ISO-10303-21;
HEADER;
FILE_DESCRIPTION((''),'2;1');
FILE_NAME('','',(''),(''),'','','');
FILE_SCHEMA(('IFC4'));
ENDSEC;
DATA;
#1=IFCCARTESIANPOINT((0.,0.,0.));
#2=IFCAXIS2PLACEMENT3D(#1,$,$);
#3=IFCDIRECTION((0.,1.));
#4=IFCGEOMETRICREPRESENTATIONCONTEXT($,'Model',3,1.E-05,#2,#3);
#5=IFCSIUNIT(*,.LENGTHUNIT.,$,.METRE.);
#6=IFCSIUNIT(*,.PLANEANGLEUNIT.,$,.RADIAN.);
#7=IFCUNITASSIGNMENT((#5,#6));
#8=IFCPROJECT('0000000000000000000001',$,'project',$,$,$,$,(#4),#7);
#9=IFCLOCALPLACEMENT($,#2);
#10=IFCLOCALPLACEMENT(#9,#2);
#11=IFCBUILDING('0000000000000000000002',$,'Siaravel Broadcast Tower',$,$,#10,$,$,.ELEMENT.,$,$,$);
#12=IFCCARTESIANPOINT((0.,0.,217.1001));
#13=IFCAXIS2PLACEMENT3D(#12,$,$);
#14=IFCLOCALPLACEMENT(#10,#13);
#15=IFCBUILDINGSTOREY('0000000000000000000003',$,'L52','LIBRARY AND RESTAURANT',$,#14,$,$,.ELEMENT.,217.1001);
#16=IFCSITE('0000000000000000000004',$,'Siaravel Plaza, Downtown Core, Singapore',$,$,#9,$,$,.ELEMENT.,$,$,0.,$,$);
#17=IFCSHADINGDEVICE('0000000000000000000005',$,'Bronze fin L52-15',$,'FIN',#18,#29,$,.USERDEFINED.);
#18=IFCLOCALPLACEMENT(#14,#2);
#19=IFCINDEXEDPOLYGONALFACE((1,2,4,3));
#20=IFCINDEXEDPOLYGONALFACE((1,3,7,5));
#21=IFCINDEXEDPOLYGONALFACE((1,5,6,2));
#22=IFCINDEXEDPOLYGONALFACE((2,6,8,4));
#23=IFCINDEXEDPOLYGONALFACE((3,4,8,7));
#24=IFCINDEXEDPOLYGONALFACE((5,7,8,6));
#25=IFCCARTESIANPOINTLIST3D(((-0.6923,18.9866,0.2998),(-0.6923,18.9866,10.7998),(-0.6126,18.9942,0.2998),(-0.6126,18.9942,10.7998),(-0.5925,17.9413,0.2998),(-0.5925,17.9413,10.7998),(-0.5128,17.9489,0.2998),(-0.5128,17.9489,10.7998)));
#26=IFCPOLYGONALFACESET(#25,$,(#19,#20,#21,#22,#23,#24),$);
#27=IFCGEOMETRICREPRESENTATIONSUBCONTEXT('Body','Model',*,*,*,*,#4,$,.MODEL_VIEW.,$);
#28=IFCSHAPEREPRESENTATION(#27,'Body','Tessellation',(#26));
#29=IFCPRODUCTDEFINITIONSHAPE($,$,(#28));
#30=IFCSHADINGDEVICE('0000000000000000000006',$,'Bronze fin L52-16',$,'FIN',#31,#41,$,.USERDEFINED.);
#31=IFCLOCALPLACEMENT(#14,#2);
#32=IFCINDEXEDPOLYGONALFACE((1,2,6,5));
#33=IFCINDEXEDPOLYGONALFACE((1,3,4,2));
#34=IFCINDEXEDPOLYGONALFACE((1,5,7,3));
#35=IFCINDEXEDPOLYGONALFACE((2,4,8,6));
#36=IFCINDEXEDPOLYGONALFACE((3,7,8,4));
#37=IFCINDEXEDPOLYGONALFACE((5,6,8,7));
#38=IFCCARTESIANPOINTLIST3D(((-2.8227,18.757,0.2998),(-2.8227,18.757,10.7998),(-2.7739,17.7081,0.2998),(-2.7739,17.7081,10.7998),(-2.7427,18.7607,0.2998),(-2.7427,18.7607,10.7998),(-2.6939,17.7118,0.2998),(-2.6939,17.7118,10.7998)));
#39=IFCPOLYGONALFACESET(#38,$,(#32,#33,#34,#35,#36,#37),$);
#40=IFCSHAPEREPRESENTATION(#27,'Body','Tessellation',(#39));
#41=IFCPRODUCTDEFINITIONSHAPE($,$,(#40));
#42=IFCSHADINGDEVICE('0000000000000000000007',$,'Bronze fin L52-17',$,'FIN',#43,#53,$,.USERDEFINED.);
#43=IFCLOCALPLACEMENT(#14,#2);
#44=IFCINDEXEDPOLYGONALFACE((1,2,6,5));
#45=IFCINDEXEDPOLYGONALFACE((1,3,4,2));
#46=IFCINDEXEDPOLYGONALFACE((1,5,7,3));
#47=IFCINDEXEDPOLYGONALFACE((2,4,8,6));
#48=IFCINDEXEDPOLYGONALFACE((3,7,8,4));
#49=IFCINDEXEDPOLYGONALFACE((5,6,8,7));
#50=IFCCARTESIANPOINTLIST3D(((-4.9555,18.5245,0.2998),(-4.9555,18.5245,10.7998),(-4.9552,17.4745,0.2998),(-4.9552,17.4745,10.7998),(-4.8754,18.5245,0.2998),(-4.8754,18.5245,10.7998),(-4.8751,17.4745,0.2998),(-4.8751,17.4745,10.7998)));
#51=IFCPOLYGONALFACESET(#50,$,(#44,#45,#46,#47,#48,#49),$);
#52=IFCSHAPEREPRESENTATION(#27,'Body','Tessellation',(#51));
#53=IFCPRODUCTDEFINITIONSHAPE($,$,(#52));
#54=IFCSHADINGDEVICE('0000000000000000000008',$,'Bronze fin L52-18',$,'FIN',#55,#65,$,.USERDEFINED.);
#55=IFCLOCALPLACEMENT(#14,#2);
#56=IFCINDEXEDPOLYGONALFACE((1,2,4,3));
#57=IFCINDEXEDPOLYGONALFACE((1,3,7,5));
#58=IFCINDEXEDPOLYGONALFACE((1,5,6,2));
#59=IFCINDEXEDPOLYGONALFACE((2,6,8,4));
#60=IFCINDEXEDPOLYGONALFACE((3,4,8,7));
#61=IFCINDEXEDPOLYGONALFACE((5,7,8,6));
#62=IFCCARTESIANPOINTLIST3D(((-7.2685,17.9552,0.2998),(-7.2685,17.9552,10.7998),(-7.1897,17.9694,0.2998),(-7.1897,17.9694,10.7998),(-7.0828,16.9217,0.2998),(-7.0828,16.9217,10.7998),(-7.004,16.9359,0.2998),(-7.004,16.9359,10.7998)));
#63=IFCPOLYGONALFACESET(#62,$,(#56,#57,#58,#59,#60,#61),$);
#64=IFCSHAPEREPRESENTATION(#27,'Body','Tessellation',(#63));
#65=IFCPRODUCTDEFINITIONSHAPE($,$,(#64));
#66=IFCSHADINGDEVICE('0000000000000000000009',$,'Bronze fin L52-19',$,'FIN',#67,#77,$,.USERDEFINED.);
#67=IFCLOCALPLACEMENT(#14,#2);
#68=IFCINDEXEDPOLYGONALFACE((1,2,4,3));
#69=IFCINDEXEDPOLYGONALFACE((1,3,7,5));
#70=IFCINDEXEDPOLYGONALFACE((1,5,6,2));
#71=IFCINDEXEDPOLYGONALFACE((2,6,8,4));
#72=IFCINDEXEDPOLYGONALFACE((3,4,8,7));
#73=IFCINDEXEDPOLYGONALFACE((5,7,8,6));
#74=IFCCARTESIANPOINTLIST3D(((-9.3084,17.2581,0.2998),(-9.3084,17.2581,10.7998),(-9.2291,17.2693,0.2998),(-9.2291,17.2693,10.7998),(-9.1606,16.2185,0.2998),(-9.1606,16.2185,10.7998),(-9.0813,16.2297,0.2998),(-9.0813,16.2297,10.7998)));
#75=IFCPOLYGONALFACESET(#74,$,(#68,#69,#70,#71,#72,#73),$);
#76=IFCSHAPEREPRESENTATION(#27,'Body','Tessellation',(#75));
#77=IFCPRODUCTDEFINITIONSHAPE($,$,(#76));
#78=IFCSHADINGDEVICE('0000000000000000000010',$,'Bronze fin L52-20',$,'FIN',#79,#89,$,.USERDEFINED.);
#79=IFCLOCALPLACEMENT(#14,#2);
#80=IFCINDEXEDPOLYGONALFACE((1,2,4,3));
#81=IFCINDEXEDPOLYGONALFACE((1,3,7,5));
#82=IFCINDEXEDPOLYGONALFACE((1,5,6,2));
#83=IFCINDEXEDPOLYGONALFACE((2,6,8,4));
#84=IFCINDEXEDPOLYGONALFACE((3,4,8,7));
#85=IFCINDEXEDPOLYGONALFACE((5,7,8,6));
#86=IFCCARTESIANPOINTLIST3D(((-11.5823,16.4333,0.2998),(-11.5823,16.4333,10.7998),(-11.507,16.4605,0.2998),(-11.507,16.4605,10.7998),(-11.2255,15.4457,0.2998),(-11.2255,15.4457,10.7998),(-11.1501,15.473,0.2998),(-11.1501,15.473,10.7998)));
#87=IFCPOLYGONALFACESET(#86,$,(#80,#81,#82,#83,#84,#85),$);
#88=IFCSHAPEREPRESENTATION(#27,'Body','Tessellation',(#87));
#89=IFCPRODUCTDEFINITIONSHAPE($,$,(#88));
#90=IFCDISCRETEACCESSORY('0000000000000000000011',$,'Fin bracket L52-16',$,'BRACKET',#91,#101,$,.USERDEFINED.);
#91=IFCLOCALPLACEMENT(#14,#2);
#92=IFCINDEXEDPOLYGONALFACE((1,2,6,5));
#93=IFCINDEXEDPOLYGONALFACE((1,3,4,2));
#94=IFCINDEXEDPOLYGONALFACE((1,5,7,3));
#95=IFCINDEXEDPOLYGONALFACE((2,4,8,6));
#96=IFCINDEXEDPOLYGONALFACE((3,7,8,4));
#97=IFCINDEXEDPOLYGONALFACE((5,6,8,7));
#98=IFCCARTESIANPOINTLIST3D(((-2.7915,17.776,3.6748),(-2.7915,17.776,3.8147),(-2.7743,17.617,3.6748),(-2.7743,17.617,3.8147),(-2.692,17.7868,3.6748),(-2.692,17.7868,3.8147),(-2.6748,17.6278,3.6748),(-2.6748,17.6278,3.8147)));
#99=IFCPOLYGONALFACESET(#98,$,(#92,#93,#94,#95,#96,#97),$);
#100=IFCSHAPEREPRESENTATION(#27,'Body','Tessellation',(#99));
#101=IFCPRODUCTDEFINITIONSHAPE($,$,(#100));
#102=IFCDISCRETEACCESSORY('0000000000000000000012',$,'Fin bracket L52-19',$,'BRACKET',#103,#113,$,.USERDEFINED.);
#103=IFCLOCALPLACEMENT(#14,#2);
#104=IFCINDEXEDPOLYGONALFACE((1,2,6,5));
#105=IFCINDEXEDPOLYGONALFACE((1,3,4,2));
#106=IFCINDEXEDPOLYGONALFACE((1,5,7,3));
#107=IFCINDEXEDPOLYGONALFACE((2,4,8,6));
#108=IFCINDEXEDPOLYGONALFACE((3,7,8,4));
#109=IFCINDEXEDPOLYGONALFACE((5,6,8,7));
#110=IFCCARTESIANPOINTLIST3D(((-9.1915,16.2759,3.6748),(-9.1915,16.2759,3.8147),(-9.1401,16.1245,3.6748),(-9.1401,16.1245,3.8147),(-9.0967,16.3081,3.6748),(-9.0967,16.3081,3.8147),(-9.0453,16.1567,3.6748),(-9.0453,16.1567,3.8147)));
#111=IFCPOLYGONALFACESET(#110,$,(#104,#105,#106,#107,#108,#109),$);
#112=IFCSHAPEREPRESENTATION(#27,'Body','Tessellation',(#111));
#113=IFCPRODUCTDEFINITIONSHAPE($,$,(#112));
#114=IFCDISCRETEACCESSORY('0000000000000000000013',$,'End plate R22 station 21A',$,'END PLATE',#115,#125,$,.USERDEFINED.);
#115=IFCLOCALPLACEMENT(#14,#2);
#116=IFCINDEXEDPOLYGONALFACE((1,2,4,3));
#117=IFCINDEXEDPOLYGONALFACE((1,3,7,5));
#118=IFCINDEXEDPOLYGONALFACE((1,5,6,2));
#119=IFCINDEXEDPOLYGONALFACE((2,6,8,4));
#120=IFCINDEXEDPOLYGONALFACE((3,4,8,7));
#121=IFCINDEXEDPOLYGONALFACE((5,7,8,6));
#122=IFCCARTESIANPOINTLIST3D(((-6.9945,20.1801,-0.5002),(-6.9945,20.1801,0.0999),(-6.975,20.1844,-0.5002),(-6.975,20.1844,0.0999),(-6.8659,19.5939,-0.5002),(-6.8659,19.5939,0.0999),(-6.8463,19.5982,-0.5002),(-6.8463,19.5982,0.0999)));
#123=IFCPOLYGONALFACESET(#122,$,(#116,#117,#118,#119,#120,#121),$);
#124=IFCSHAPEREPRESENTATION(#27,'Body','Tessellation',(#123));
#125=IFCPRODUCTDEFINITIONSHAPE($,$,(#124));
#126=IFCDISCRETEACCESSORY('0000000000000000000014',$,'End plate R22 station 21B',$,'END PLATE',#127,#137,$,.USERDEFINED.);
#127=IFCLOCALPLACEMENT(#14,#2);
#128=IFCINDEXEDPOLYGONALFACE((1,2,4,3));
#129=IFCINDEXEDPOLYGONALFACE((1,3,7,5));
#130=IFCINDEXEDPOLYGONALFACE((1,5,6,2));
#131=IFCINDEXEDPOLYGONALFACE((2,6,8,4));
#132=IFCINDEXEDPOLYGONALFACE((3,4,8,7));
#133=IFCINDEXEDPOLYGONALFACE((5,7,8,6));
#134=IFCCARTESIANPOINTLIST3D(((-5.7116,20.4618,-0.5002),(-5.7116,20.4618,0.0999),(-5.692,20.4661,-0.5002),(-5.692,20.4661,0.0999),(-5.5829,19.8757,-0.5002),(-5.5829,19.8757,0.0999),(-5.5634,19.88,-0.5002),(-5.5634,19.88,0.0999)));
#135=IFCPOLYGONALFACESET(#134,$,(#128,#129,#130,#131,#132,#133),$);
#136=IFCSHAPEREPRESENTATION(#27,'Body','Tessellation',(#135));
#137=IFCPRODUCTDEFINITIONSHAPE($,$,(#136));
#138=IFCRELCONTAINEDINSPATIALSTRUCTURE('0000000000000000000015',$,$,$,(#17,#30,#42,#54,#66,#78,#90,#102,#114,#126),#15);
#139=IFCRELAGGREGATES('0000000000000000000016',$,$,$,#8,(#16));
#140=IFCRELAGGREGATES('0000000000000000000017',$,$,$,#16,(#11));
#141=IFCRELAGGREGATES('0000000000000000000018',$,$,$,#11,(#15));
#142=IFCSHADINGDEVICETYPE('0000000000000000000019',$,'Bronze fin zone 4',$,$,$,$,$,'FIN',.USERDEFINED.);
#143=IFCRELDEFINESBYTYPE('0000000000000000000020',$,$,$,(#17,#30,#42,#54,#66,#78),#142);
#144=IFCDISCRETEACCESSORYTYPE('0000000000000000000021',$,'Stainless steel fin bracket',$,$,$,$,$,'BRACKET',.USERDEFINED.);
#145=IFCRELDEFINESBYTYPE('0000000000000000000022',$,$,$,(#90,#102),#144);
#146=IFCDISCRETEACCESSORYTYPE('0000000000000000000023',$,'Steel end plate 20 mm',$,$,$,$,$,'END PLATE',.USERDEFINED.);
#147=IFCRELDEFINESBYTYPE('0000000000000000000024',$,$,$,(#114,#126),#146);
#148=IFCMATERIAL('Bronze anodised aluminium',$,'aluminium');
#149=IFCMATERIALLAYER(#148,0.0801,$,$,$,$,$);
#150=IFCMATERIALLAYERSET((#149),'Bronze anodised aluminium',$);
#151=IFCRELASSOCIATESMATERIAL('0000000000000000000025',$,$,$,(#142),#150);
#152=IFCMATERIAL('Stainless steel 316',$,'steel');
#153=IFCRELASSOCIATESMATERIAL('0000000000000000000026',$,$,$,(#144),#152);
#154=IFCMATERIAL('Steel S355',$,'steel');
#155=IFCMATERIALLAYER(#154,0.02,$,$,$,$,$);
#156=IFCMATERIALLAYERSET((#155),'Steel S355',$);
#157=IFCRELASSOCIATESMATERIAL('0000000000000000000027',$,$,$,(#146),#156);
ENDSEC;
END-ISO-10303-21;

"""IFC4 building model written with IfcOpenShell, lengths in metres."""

from ifc_helpers import new_model, si_unit, direction, frame, origin, origin_2d, place, context, subcontext, project, spatial, rectangle, extrude, material, layer, layer_set, type_object, element, save


model = new_model("IFC4")

# Units and contexts
model_context = context("Model", 3, precision=1e-05, world=origin(), true_north=direction((0.0, 1.0)))
body_context = subcontext(model_context, "Body", "Model", "MODEL_VIEW")
ifc_project = project(units=[si_unit("LENGTHUNIT", "METRE"), si_unit("PLANEANGLEUNIT", "RADIAN")], contexts=[model_context])

# Site, building, storey
site_placement = place(None, origin())
site = spatial("IfcSite", under=ifc_project, at=site_placement, Name="Siaravel Plaza, Downtown Core, Singapore", CompositionType="ELEMENT", RefElevation=0.0)
building_placement = place(site_placement, origin())
building = spatial("IfcBuilding", under=site, at=building_placement, Name="Siaravel Broadcast Tower", CompositionType="ELEMENT")
storey_placement = place(building_placement, frame((0.0, 0.0, 217.1001)))
storey = spatial("IfcBuildingStorey", under=building, at=storey_placement, Name="L52", Description="LIBRARY AND RESTAURANT", CompositionType="ELEMENT", Elevation=217.1001)

# Shared definitions
ifc_material_1 = material(Name="Steel S355", Category="steel")

# Shading devices
ifc_material_2 = material(Name="Bronze anodised aluminium", Category="aluminium")
ifc_layer_1 = layer(ifc_material_2, 0.0801)
ifc_layer_set_1 = layer_set([ifc_layer_1], Name="Bronze anodised aluminium")
shading_device_type = type_object("IfcShadingDeviceType", Name="Bronze fin zone 4", ElementType="FIN", PredefinedType="USERDEFINED", material=ifc_layer_set_1)
for number, where, z_axis, x_axis, name in (
    (1, (-0.6025, 18.4678, 0.2998), (0.0, 0.0, 1.0), (-0.095078, 0.99547, 0.0), "Bronze fin L52-15"),
    (2, (-2.7583, 18.2344, 0.2998), (0.0, 0.0, 1.0), (-0.046517, 0.998917, 0.0), "Bronze fin L52-16"),
    (3, (-4.9153, 17.9995, 0.2998), (0.0, 0.0, 1.0), (-0.000274, 1.0, 0.0), "Bronze fin L52-17"),
    (4, (-7.1362, 17.4456, 0.2998), (0.0, 0.0, 1.0), (-0.17687, 0.984234, 0.0), "Bronze fin L52-18"),
    (5, (-9.1948, 16.7439, 0.2998), (0.0, 0.0, 1.0), (-0.140775, 0.990042, 0.0), "Bronze fin L52-19"),
    (6, (-11.3662, 15.9531, 0.2998), (0.0, 0.0, 1.0), (-0.339818, 0.940491, 0.0), "Bronze fin L52-20"),
):
    element("IfcShadingDevice", number, at=place(storey_placement, frame(where, z_axis=z_axis, x_axis=x_axis)), inside=storey, type_object=shading_device_type, Name=name, ObjectType="FIN", PredefinedType="USERDEFINED", context=body_context, shape_type="SweptSolid", body=[
        extrude(rectangle(XDim=1.05, YDim=0.0801, at=origin_2d()), origin(), (0.0, 0.0, 1.0), 10.5),
    ])

# Discrete accessories
ifc_material_3 = material(Name="Stainless steel 316", Category="steel")
discrete_accessory_type_1 = type_object("IfcDiscreteAccessoryType", Name="Stainless steel fin bracket", ElementType="BRACKET", PredefinedType="USERDEFINED", material=ifc_material_3)
for number, where, z_axis, x_axis, name in (
    (7, (-2.7332, 17.7019, 3.6748), (0.0, 0.0, 1.0), (-0.107219, 0.994235, 0.0), "Fin bracket L52-16"),
    (8, (-9.1184, 16.2163, 3.6748), (0.0, 0.0, 1.0), (-0.321301, 0.946977, 0.0), "Fin bracket L52-19"),
):
    element("IfcDiscreteAccessory", number, at=place(storey_placement, frame(where, z_axis=z_axis, x_axis=x_axis)), inside=storey, type_object=discrete_accessory_type_1, Name=name, ObjectType="BRACKET", PredefinedType="USERDEFINED", context=body_context, shape_type="SweptSolid", body=[
        extrude(rectangle(XDim=0.1599, YDim=0.1001, at=origin_2d()), origin(), (0.0, 0.0, 1.0), 0.1399),
    ])
ifc_layer_2 = layer(ifc_material_1, 0.02)
ifc_layer_set_2 = layer_set([ifc_layer_2], Name="Steel S355")
discrete_accessory_type_2 = type_object("IfcDiscreteAccessoryType", Name="Steel end plate 20 mm", ElementType="END PLATE", PredefinedType="USERDEFINED", material=ifc_layer_set_2)
for number, where, z_axis, x_axis, name in (
    (9, (-6.9204, 19.8892, -0.5002), (0.0, 0.0, 1.0), (-0.976751, -0.214377, 0.0), "End plate R22 station 21A"),
    (10, (-5.6375, 20.1709, -0.5002), (0.0, 0.0, 1.0), (-0.976751, -0.214377, 0.0), "End plate R22 station 21B"),
):
    element("IfcDiscreteAccessory", number, at=place(storey_placement, frame(where, z_axis=z_axis, x_axis=x_axis)), inside=storey, type_object=discrete_accessory_type_2, Name=name, ObjectType="END PLATE", PredefinedType="USERDEFINED", context=body_context, shape_type="SweptSolid", body=[
        extrude(rectangle(XDim=0.02, YDim=0.6001, at=origin_2d()), origin(), (0.0, 0.0, 1.0), 0.6001),
    ])

save(model, "model.ifc")
